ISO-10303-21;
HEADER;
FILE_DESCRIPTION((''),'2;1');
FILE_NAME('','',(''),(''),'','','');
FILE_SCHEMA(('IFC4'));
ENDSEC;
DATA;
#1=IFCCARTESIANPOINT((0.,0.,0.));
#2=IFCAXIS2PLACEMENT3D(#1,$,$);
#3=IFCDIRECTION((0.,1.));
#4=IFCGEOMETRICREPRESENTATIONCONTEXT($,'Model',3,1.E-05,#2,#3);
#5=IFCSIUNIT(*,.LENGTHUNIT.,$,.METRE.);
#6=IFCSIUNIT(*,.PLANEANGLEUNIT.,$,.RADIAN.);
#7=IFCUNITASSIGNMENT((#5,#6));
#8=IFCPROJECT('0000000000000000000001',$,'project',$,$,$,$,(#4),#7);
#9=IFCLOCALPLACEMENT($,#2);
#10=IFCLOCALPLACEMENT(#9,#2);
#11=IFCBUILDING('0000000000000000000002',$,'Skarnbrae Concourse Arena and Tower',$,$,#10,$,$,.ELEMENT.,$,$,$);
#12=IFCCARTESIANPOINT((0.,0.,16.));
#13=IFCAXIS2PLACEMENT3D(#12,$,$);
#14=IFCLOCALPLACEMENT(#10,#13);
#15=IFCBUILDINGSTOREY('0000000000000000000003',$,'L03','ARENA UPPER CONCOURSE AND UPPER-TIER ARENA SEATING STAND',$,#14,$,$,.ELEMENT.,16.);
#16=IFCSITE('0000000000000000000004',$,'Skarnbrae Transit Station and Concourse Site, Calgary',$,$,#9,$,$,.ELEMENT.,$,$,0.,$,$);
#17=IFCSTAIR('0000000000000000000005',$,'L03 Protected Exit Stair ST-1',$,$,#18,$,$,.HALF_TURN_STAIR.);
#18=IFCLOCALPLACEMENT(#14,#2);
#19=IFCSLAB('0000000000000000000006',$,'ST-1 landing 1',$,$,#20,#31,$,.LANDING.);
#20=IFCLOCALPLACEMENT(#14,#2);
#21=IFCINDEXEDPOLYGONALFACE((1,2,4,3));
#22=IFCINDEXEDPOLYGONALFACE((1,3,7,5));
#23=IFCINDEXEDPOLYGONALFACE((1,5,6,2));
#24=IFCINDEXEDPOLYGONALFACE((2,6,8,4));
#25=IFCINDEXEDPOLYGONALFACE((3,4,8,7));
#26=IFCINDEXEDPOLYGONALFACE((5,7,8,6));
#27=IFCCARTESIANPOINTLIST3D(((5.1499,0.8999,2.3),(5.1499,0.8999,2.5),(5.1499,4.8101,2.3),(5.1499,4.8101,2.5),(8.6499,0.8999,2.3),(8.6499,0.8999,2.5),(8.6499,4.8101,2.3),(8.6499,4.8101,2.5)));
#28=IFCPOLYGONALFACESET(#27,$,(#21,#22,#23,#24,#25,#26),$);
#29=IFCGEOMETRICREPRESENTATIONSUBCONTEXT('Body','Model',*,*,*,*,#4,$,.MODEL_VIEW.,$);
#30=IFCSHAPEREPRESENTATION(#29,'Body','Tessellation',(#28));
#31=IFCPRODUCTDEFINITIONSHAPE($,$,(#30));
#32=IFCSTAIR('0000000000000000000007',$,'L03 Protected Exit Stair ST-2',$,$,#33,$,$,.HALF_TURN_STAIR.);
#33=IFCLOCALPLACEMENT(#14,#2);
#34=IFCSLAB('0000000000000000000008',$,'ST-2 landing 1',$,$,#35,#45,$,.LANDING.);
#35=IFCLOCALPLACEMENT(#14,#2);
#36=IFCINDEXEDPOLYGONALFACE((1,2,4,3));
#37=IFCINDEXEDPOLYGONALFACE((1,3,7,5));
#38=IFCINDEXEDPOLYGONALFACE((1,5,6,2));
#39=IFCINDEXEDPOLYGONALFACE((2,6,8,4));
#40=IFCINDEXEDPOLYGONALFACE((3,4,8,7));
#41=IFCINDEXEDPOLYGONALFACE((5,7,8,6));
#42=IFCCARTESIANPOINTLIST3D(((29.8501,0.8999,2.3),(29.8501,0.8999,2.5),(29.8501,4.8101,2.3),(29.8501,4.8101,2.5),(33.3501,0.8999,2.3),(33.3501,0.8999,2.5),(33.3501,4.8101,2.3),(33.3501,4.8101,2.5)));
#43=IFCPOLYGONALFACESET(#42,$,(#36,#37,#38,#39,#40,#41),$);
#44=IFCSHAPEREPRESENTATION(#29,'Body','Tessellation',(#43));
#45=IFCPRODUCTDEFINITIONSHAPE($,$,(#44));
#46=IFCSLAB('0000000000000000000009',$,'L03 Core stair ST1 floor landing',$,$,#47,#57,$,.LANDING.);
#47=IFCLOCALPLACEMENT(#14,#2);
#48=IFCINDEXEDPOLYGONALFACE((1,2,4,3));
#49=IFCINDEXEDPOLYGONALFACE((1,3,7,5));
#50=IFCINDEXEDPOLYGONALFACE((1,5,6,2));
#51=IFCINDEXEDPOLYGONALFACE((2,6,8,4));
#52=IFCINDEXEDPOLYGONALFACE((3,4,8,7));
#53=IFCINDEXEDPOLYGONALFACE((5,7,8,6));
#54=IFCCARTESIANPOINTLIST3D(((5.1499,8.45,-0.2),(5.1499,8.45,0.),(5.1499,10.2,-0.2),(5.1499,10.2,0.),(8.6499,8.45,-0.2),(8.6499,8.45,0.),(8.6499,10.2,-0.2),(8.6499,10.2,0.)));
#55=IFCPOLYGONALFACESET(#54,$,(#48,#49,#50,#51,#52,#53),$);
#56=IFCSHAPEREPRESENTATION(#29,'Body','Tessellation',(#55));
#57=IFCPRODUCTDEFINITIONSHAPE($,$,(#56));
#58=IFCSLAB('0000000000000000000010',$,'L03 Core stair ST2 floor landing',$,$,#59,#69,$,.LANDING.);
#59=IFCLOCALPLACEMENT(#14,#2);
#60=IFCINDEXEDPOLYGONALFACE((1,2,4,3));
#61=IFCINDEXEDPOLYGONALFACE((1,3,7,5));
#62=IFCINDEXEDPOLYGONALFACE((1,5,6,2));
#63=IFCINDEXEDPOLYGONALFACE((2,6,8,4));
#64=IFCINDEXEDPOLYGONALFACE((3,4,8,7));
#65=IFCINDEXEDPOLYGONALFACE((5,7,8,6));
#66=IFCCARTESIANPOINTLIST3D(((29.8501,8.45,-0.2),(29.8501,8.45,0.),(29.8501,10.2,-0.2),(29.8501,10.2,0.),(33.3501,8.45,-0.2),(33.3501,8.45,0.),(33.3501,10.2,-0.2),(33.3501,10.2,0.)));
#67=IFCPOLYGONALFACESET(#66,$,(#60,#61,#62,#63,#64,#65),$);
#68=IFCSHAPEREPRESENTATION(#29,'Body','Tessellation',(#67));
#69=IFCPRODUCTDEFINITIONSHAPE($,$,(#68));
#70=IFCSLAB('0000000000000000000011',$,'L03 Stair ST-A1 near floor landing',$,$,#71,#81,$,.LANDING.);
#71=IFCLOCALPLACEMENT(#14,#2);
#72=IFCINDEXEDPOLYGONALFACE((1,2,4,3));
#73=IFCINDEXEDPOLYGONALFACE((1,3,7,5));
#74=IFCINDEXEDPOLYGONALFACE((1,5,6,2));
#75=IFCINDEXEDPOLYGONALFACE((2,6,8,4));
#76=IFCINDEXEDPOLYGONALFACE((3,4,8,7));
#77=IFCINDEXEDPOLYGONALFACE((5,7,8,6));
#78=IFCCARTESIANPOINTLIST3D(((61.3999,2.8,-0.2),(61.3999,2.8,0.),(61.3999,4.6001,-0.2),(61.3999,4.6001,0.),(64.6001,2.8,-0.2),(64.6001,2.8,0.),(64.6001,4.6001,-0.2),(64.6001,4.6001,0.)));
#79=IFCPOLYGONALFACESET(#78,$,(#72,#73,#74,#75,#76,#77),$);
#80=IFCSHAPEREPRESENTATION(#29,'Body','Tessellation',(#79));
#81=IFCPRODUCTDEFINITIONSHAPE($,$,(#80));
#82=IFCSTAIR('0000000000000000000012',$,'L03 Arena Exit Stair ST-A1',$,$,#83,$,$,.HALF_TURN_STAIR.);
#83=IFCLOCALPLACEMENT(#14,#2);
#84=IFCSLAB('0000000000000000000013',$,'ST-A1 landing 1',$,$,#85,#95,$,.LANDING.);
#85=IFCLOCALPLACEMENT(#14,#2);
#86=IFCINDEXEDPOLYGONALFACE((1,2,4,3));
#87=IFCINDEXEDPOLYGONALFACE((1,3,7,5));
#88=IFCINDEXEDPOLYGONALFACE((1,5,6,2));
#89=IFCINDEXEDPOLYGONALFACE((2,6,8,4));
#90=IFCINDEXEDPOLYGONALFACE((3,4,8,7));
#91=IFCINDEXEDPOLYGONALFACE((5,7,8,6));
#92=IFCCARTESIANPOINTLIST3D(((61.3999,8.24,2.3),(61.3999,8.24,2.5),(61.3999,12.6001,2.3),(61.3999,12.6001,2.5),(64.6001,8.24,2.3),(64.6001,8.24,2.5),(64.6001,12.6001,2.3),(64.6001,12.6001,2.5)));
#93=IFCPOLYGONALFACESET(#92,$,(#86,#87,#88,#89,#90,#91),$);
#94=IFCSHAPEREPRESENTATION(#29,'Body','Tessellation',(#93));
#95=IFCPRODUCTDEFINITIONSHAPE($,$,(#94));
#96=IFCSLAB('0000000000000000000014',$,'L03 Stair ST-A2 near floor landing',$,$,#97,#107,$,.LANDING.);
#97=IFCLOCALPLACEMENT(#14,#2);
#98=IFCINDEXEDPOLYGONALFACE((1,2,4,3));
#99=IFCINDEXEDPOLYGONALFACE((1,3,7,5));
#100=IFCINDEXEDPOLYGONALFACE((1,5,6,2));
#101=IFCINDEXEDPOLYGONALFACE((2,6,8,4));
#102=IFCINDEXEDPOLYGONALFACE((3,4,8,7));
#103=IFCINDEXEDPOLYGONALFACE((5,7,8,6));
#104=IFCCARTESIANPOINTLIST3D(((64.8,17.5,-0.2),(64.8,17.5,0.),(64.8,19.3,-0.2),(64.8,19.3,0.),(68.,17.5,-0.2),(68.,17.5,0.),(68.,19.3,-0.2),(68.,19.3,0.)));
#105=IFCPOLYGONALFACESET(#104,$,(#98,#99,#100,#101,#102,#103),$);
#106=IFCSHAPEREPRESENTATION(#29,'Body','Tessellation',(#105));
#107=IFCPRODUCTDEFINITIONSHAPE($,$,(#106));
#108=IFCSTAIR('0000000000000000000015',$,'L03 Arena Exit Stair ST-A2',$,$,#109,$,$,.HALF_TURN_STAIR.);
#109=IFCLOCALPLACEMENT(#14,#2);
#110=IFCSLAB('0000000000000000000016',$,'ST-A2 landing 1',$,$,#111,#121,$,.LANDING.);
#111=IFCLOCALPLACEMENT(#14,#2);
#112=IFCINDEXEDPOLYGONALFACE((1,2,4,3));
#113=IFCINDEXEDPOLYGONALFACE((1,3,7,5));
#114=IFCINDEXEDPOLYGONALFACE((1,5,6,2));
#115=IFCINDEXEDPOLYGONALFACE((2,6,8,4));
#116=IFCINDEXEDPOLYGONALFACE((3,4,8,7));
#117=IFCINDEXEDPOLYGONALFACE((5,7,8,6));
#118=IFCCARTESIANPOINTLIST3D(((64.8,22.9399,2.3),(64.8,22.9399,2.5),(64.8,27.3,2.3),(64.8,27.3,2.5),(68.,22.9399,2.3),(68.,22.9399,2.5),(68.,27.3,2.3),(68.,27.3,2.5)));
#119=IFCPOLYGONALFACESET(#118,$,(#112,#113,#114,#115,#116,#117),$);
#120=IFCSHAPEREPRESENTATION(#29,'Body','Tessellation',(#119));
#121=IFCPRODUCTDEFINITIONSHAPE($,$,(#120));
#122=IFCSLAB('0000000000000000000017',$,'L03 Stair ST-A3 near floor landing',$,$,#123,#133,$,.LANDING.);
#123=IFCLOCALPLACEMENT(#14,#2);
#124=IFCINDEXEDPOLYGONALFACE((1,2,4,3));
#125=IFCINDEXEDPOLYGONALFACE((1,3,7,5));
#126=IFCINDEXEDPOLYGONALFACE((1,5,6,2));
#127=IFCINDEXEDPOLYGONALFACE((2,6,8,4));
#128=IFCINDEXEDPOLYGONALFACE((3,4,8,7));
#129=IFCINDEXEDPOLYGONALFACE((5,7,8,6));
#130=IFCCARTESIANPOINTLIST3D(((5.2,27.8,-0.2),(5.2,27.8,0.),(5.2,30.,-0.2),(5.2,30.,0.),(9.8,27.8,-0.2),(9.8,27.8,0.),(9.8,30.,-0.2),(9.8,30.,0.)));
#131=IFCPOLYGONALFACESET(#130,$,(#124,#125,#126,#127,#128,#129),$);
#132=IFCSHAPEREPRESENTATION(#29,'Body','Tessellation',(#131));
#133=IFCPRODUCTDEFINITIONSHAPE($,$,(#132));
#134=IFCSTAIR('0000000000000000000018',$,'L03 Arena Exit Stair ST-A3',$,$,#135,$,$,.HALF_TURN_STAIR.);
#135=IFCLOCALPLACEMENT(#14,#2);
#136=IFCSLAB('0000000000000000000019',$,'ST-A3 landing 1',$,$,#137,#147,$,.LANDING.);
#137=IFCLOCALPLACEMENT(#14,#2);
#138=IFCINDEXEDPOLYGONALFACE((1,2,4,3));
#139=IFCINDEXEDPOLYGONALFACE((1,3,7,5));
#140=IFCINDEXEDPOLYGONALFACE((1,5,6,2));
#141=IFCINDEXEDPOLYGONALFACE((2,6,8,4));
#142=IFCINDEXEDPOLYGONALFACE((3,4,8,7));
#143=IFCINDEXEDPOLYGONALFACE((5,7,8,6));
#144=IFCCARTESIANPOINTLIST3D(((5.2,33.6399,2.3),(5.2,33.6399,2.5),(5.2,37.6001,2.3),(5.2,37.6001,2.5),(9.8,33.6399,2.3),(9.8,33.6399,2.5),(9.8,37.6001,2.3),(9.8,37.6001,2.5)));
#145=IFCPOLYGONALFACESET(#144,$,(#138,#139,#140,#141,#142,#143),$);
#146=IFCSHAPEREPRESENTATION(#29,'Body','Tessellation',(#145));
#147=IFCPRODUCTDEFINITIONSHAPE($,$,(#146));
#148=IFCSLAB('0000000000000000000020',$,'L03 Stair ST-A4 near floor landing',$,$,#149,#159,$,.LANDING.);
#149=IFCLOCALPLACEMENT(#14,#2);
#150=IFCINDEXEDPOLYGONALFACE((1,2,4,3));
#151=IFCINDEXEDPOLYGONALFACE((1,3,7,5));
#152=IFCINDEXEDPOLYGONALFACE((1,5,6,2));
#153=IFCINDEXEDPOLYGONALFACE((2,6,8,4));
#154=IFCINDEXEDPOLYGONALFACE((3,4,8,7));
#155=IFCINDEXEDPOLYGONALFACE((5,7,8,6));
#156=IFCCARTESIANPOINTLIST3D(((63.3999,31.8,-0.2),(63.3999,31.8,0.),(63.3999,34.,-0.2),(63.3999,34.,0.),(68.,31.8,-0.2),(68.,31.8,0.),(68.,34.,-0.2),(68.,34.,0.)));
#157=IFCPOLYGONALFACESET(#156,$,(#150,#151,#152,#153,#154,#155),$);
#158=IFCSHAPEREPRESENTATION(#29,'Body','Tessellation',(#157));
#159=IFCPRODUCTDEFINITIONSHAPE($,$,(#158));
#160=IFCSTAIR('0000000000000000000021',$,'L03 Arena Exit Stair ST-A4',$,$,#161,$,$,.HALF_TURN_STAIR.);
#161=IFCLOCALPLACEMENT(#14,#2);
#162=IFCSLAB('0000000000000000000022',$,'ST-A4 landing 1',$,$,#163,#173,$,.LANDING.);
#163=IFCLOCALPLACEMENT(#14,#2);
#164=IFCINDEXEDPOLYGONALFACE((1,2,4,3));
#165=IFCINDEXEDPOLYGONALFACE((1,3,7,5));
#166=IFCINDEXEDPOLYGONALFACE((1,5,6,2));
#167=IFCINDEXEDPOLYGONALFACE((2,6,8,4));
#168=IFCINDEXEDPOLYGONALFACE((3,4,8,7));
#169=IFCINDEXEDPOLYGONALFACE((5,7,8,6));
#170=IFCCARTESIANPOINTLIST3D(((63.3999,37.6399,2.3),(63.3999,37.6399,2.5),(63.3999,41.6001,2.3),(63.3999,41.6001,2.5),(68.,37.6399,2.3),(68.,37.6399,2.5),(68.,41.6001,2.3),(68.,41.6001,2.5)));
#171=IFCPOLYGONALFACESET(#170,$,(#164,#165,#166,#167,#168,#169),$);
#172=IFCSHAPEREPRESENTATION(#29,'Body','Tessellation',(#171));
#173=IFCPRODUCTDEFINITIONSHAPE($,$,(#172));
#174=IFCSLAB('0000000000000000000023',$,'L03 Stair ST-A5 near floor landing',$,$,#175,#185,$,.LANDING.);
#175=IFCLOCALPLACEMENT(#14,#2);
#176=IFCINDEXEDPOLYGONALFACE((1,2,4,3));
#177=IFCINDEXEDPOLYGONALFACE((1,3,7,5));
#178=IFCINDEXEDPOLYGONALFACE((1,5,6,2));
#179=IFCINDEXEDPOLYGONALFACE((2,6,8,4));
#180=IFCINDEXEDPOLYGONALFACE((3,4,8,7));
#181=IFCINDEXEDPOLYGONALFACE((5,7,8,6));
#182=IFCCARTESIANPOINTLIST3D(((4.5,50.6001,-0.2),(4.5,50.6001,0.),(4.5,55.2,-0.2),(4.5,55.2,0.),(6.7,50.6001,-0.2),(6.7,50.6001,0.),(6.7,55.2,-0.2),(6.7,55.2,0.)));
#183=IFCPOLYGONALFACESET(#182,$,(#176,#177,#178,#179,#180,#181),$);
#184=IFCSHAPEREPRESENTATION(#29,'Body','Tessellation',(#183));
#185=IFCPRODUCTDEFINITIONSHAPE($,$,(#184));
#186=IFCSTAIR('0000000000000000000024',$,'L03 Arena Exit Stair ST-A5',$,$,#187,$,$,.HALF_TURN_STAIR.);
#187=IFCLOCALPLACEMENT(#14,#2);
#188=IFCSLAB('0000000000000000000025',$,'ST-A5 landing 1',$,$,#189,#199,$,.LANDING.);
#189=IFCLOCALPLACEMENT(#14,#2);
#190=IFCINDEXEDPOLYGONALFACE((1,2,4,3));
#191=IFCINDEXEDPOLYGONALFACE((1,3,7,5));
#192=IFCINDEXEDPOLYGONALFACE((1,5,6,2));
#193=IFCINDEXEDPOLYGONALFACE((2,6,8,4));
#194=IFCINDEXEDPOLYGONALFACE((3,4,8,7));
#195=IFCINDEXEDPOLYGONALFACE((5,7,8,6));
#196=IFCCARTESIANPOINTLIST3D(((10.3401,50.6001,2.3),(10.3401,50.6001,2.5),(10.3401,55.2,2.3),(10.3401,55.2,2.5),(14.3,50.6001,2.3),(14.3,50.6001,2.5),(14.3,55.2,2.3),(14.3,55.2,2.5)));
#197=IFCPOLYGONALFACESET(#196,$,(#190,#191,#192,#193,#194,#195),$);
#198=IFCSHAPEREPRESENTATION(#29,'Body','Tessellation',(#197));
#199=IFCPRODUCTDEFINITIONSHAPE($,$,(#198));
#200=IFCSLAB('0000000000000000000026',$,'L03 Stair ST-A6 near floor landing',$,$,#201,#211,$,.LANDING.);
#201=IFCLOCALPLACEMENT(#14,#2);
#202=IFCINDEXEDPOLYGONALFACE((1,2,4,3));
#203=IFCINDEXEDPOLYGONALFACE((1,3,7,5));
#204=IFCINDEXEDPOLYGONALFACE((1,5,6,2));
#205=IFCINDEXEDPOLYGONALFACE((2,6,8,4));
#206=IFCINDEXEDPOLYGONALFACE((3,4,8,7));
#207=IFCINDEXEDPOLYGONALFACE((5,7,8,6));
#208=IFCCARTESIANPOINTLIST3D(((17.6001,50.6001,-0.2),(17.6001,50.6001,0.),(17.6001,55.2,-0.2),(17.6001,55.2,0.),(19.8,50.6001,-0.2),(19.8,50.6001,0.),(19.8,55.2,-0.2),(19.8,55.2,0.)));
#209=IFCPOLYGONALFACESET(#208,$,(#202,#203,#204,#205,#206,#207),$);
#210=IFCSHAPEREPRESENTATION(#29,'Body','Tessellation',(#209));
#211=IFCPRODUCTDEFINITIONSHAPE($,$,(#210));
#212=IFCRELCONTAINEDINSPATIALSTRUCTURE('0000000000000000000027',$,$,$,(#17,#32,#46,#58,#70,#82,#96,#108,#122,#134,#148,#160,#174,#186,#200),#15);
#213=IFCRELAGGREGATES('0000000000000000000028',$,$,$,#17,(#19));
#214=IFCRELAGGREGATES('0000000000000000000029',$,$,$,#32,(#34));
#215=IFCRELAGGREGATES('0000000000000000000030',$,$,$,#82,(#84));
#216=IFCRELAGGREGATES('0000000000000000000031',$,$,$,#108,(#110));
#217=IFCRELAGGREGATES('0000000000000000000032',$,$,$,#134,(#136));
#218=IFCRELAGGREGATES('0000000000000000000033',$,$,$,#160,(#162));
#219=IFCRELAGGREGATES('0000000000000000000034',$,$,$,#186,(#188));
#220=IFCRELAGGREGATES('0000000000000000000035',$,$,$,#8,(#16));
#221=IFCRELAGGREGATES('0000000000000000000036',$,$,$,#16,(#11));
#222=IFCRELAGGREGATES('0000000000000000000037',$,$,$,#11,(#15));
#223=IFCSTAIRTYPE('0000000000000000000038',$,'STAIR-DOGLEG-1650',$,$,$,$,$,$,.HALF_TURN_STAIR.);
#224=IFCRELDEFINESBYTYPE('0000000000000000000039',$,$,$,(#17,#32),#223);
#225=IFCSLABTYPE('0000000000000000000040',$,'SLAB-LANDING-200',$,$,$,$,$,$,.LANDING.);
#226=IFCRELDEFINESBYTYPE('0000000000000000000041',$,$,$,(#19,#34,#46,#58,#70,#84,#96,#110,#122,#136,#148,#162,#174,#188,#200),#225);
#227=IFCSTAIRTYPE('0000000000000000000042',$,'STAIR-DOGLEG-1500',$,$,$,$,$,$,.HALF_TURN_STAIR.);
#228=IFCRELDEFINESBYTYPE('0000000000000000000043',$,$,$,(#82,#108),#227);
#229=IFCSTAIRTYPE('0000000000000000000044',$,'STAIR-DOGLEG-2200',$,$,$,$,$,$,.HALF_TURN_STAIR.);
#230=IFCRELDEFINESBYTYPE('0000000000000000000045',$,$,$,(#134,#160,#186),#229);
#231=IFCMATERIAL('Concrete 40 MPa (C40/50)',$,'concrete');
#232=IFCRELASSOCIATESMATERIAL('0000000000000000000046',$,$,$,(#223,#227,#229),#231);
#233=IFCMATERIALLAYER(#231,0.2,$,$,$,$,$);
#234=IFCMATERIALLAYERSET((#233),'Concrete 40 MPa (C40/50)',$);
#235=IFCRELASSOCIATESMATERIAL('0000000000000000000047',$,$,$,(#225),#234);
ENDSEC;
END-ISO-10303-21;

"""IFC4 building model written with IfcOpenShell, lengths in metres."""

from ifc_helpers import new_model, si_unit, direction, frame, origin, place, context, subcontext, project, spatial, polyline, outline, extrude, material, layer, layer_set, type_object, element, aggregate, save


model = new_model("IFC4")

# Units and contexts
model_context = context("Model", 3, precision=1e-05, world=origin(), true_north=direction((0.0, 1.0)))
body_context = subcontext(model_context, "Body", "Model", "MODEL_VIEW")
ifc_project = project(units=[si_unit("LENGTHUNIT", "METRE"), si_unit("PLANEANGLEUNIT", "RADIAN")], contexts=[model_context])

# Site, building, storey
site_placement = place(None, origin())
site = spatial("IfcSite", under=ifc_project, at=site_placement, Name="Skarnbrae Transit Station and Concourse Site, Calgary", CompositionType="ELEMENT", RefElevation=0.0)
building_placement = place(site_placement, origin())
building = spatial("IfcBuilding", under=site, at=building_placement, Name="Skarnbrae Concourse Arena and Tower", CompositionType="ELEMENT")
storey_placement = place(building_placement, frame((0.0, 0.0, 16.0)))
storey = spatial("IfcBuildingStorey", under=building, at=storey_placement, Name="L03", Description="ARENA UPPER CONCOURSE AND UPPER-TIER ARENA SEATING STAND", CompositionType="ELEMENT", Elevation=16.0)

# Stairs, slabs
ifc_material_1 = material(Name="Concrete 40 MPa (C40/50)", Category="concrete")
stair_type_1 = type_object("IfcStairType", Name="STAIR-DOGLEG-1650", PredefinedType="HALF_TURN_STAIR", material=ifc_material_1)
stair_1_placement = place(storey_placement, origin())
stair_1 = element("IfcStair", 1, at=stair_1_placement, inside=storey, type_object=stair_type_1, Name="L03 Protected Exit Stair ST-1", PredefinedType="HALF_TURN_STAIR")
ifc_layer_1 = layer(ifc_material_1, 0.2)
ifc_layer_set_1 = layer_set([ifc_layer_1], Name="Concrete 40 MPa (C40/50)")
slab_type_1 = type_object("IfcSlabType", Name="SLAB-LANDING-200", PredefinedType="LANDING", material=ifc_layer_set_1)
slab_1_placement = place(storey_placement, frame((0.0, 0.0, 2.3)))
slab_1 = element("IfcSlab", 2, at=slab_1_placement, type_object=slab_type_1, Name="ST-1 landing 1", PredefinedType="LANDING", context=body_context, shape_type="SweptSolid", body=[
    extrude(outline(polyline([(5.1499, 4.8101), (5.1499, 0.8999), (8.6499, 0.8999), (8.6499, 4.8101), (5.1499, 4.8101)])), origin(), (0.0, 0.0, 1.0), 0.2),
])
aggregate(stair_1, [slab_1])
stair_2_placement = place(storey_placement, origin())
stair_2 = element("IfcStair", 3, at=stair_2_placement, inside=storey, type_object=stair_type_1, Name="L03 Protected Exit Stair ST-2", PredefinedType="HALF_TURN_STAIR")
slab_2_placement = place(storey_placement, frame((0.0, 0.0, 2.3)))
slab_2 = element("IfcSlab", 4, at=slab_2_placement, type_object=slab_type_1, Name="ST-2 landing 1", PredefinedType="LANDING", context=body_context, shape_type="SweptSolid", body=[
    extrude(outline(polyline([(29.8501, 4.8101), (29.8501, 0.8999), (33.3501, 0.8999), (33.3501, 4.8101), (29.8501, 4.8101)])), origin(), (0.0, 0.0, 1.0), 0.2),
])
aggregate(stair_2, [slab_2])

# Slabs
slab_3_placement = place(storey_placement, frame((0.0, 0.0, -0.2)))
element("IfcSlab", 5, at=slab_3_placement, inside=storey, type_object=slab_type_1, Name="L03 Core stair ST1 floor landing", PredefinedType="LANDING", context=body_context, shape_type="SweptSolid", body=[
    extrude(outline(polyline([(5.1499, 10.2), (5.1499, 8.45), (8.6499, 8.45), (8.6499, 10.2), (5.1499, 10.2)])), origin(), (0.0, 0.0, 1.0), 0.2),
])
slab_4_placement = place(storey_placement, frame((0.0, 0.0, -0.2)))
element("IfcSlab", 6, at=slab_4_placement, inside=storey, type_object=slab_type_1, Name="L03 Core stair ST2 floor landing", PredefinedType="LANDING", context=body_context, shape_type="SweptSolid", body=[
    extrude(outline(polyline([(29.8501, 10.2), (29.8501, 8.45), (33.3501, 8.45), (33.3501, 10.2), (29.8501, 10.2)])), origin(), (0.0, 0.0, 1.0), 0.2),
])
slab_5_placement = place(storey_placement, frame((0.0, 0.0, -0.2)))
element("IfcSlab", 7, at=slab_5_placement, inside=storey, type_object=slab_type_1, Name="L03 Stair ST-A1 near floor landing", PredefinedType="LANDING", context=body_context, shape_type="SweptSolid", body=[
    extrude(outline(polyline([(64.6001, 2.8), (64.6001, 4.6001), (61.3999, 4.6001), (61.3999, 2.8), (64.6001, 2.8)])), origin(), (0.0, 0.0, 1.0), 0.2),
])

# Stair, slab
stair_type_2 = type_object("IfcStairType", Name="STAIR-DOGLEG-1500", PredefinedType="HALF_TURN_STAIR", material=ifc_material_1)
stair_3_placement = place(storey_placement, origin())
stair_3 = element("IfcStair", 8, at=stair_3_placement, inside=storey, type_object=stair_type_2, Name="L03 Arena Exit Stair ST-A1", PredefinedType="HALF_TURN_STAIR")
slab_6_placement = place(storey_placement, frame((0.0, 0.0, 2.3)))
slab_6 = element("IfcSlab", 9, at=slab_6_placement, type_object=slab_type_1, Name="ST-A1 landing 1", PredefinedType="LANDING", context=body_context, shape_type="SweptSolid", body=[
    extrude(outline(polyline([(64.6001, 8.24), (64.6001, 12.6001), (61.3999, 12.6001), (61.3999, 8.24), (64.6001, 8.24)])), origin(), (0.0, 0.0, 1.0), 0.2),
])
aggregate(stair_3, [slab_6])

# Slab
slab_7_placement = place(storey_placement, frame((0.0, 0.0, -0.2)))
element("IfcSlab", 10, at=slab_7_placement, inside=storey, type_object=slab_type_1, Name="L03 Stair ST-A2 near floor landing", PredefinedType="LANDING", context=body_context, shape_type="SweptSolid", body=[
    extrude(outline(polyline([(68.0, 17.5), (68.0, 19.3), (64.8, 19.3), (64.8, 17.5), (68.0, 17.5)])), origin(), (0.0, 0.0, 1.0), 0.2),
])

# Stair, slab
stair_4_placement = place(storey_placement, origin())
stair_4 = element("IfcStair", 11, at=stair_4_placement, inside=storey, type_object=stair_type_2, Name="L03 Arena Exit Stair ST-A2", PredefinedType="HALF_TURN_STAIR")
slab_8_placement = place(storey_placement, frame((0.0, 0.0, 2.3)))
slab_8 = element("IfcSlab", 12, at=slab_8_placement, type_object=slab_type_1, Name="ST-A2 landing 1", PredefinedType="LANDING", context=body_context, shape_type="SweptSolid", body=[
    extrude(outline(polyline([(68.0, 22.9399), (68.0, 27.3), (64.8, 27.3), (64.8, 22.9399), (68.0, 22.9399)])), origin(), (0.0, 0.0, 1.0), 0.2),
])
aggregate(stair_4, [slab_8])

# Slab
slab_9_placement = place(storey_placement, frame((0.0, 0.0, -0.2)))
element("IfcSlab", 13, at=slab_9_placement, inside=storey, type_object=slab_type_1, Name="L03 Stair ST-A3 near floor landing", PredefinedType="LANDING", context=body_context, shape_type="SweptSolid", body=[
    extrude(outline(polyline([(9.8, 27.8), (9.8, 30.0), (5.2, 30.0), (5.2, 27.8), (9.8, 27.8)])), origin(), (0.0, 0.0, 1.0), 0.2),
])

# Stair, slab
stair_type_3 = type_object("IfcStairType", Name="STAIR-DOGLEG-2200", PredefinedType="HALF_TURN_STAIR", material=ifc_material_1)
stair_5_placement = place(storey_placement, origin())
stair_5 = element("IfcStair", 14, at=stair_5_placement, inside=storey, type_object=stair_type_3, Name="L03 Arena Exit Stair ST-A3", PredefinedType="HALF_TURN_STAIR")
slab_10_placement = place(storey_placement, frame((0.0, 0.0, 2.3)))
slab_10 = element("IfcSlab", 15, at=slab_10_placement, type_object=slab_type_1, Name="ST-A3 landing 1", PredefinedType="LANDING", context=body_context, shape_type="SweptSolid", body=[
    extrude(outline(polyline([(9.8, 33.6399), (9.8, 37.6001), (5.2, 37.6001), (5.2, 33.6399), (9.8, 33.6399)])), origin(), (0.0, 0.0, 1.0), 0.2),
])
aggregate(stair_5, [slab_10])

# Slab
slab_11_placement = place(storey_placement, frame((0.0, 0.0, -0.2)))
element("IfcSlab", 16, at=slab_11_placement, inside=storey, type_object=slab_type_1, Name="L03 Stair ST-A4 near floor landing", PredefinedType="LANDING", context=body_context, shape_type="SweptSolid", body=[
    extrude(outline(polyline([(68.0, 31.8), (68.0, 34.0), (63.3999, 34.0), (63.3999, 31.8), (68.0, 31.8)])), origin(), (0.0, 0.0, 1.0), 0.2),
])

# Stair, slab
stair_6_placement = place(storey_placement, origin())
stair_6 = element("IfcStair", 17, at=stair_6_placement, inside=storey, type_object=stair_type_3, Name="L03 Arena Exit Stair ST-A4", PredefinedType="HALF_TURN_STAIR")
slab_12_placement = place(storey_placement, frame((0.0, 0.0, 2.3)))
slab_12 = element("IfcSlab", 18, at=slab_12_placement, type_object=slab_type_1, Name="ST-A4 landing 1", PredefinedType="LANDING", context=body_context, shape_type="SweptSolid", body=[
    extrude(outline(polyline([(68.0, 37.6399), (68.0, 41.6001), (63.3999, 41.6001), (63.3999, 37.6399), (68.0, 37.6399)])), origin(), (0.0, 0.0, 1.0), 0.2),
])
aggregate(stair_6, [slab_12])

# Slab
slab_13_placement = place(storey_placement, frame((0.0, 0.0, -0.2)))
element("IfcSlab", 19, at=slab_13_placement, inside=storey, type_object=slab_type_1, Name="L03 Stair ST-A5 near floor landing", PredefinedType="LANDING", context=body_context, shape_type="SweptSolid", body=[
    extrude(outline(polyline([(4.5, 50.6001), (6.7, 50.6001), (6.7, 55.2), (4.5, 55.2), (4.5, 50.6001)])), origin(), (0.0, 0.0, 1.0), 0.2),
])

# Stair, slab
stair_7_placement = place(storey_placement, origin())
stair_7 = element("IfcStair", 20, at=stair_7_placement, inside=storey, type_object=stair_type_3, Name="L03 Arena Exit Stair ST-A5", PredefinedType="HALF_TURN_STAIR")
slab_14_placement = place(storey_placement, frame((0.0, 0.0, 2.3)))
slab_14 = element("IfcSlab", 21, at=slab_14_placement, type_object=slab_type_1, Name="ST-A5 landing 1", PredefinedType="LANDING", context=body_context, shape_type="SweptSolid", body=[
    extrude(outline(polyline([(10.3401, 50.6001), (14.3, 50.6001), (14.3, 55.2), (10.3401, 55.2), (10.3401, 50.6001)])), origin(), (0.0, 0.0, 1.0), 0.2),
])
aggregate(stair_7, [slab_14])

# Slab
slab_15_placement = place(storey_placement, frame((0.0, 0.0, -0.2)))
element("IfcSlab", 22, at=slab_15_placement, inside=storey, type_object=slab_type_1, Name="L03 Stair ST-A6 near floor landing", PredefinedType="LANDING", context=body_context, shape_type="SweptSolid", body=[
    extrude(outline(polyline([(17.6001, 50.6001), (19.8, 50.6001), (19.8, 55.2), (17.6001, 55.2), (17.6001, 50.6001)])), origin(), (0.0, 0.0, 1.0), 0.2),
])

save(model, "model.ifc")
